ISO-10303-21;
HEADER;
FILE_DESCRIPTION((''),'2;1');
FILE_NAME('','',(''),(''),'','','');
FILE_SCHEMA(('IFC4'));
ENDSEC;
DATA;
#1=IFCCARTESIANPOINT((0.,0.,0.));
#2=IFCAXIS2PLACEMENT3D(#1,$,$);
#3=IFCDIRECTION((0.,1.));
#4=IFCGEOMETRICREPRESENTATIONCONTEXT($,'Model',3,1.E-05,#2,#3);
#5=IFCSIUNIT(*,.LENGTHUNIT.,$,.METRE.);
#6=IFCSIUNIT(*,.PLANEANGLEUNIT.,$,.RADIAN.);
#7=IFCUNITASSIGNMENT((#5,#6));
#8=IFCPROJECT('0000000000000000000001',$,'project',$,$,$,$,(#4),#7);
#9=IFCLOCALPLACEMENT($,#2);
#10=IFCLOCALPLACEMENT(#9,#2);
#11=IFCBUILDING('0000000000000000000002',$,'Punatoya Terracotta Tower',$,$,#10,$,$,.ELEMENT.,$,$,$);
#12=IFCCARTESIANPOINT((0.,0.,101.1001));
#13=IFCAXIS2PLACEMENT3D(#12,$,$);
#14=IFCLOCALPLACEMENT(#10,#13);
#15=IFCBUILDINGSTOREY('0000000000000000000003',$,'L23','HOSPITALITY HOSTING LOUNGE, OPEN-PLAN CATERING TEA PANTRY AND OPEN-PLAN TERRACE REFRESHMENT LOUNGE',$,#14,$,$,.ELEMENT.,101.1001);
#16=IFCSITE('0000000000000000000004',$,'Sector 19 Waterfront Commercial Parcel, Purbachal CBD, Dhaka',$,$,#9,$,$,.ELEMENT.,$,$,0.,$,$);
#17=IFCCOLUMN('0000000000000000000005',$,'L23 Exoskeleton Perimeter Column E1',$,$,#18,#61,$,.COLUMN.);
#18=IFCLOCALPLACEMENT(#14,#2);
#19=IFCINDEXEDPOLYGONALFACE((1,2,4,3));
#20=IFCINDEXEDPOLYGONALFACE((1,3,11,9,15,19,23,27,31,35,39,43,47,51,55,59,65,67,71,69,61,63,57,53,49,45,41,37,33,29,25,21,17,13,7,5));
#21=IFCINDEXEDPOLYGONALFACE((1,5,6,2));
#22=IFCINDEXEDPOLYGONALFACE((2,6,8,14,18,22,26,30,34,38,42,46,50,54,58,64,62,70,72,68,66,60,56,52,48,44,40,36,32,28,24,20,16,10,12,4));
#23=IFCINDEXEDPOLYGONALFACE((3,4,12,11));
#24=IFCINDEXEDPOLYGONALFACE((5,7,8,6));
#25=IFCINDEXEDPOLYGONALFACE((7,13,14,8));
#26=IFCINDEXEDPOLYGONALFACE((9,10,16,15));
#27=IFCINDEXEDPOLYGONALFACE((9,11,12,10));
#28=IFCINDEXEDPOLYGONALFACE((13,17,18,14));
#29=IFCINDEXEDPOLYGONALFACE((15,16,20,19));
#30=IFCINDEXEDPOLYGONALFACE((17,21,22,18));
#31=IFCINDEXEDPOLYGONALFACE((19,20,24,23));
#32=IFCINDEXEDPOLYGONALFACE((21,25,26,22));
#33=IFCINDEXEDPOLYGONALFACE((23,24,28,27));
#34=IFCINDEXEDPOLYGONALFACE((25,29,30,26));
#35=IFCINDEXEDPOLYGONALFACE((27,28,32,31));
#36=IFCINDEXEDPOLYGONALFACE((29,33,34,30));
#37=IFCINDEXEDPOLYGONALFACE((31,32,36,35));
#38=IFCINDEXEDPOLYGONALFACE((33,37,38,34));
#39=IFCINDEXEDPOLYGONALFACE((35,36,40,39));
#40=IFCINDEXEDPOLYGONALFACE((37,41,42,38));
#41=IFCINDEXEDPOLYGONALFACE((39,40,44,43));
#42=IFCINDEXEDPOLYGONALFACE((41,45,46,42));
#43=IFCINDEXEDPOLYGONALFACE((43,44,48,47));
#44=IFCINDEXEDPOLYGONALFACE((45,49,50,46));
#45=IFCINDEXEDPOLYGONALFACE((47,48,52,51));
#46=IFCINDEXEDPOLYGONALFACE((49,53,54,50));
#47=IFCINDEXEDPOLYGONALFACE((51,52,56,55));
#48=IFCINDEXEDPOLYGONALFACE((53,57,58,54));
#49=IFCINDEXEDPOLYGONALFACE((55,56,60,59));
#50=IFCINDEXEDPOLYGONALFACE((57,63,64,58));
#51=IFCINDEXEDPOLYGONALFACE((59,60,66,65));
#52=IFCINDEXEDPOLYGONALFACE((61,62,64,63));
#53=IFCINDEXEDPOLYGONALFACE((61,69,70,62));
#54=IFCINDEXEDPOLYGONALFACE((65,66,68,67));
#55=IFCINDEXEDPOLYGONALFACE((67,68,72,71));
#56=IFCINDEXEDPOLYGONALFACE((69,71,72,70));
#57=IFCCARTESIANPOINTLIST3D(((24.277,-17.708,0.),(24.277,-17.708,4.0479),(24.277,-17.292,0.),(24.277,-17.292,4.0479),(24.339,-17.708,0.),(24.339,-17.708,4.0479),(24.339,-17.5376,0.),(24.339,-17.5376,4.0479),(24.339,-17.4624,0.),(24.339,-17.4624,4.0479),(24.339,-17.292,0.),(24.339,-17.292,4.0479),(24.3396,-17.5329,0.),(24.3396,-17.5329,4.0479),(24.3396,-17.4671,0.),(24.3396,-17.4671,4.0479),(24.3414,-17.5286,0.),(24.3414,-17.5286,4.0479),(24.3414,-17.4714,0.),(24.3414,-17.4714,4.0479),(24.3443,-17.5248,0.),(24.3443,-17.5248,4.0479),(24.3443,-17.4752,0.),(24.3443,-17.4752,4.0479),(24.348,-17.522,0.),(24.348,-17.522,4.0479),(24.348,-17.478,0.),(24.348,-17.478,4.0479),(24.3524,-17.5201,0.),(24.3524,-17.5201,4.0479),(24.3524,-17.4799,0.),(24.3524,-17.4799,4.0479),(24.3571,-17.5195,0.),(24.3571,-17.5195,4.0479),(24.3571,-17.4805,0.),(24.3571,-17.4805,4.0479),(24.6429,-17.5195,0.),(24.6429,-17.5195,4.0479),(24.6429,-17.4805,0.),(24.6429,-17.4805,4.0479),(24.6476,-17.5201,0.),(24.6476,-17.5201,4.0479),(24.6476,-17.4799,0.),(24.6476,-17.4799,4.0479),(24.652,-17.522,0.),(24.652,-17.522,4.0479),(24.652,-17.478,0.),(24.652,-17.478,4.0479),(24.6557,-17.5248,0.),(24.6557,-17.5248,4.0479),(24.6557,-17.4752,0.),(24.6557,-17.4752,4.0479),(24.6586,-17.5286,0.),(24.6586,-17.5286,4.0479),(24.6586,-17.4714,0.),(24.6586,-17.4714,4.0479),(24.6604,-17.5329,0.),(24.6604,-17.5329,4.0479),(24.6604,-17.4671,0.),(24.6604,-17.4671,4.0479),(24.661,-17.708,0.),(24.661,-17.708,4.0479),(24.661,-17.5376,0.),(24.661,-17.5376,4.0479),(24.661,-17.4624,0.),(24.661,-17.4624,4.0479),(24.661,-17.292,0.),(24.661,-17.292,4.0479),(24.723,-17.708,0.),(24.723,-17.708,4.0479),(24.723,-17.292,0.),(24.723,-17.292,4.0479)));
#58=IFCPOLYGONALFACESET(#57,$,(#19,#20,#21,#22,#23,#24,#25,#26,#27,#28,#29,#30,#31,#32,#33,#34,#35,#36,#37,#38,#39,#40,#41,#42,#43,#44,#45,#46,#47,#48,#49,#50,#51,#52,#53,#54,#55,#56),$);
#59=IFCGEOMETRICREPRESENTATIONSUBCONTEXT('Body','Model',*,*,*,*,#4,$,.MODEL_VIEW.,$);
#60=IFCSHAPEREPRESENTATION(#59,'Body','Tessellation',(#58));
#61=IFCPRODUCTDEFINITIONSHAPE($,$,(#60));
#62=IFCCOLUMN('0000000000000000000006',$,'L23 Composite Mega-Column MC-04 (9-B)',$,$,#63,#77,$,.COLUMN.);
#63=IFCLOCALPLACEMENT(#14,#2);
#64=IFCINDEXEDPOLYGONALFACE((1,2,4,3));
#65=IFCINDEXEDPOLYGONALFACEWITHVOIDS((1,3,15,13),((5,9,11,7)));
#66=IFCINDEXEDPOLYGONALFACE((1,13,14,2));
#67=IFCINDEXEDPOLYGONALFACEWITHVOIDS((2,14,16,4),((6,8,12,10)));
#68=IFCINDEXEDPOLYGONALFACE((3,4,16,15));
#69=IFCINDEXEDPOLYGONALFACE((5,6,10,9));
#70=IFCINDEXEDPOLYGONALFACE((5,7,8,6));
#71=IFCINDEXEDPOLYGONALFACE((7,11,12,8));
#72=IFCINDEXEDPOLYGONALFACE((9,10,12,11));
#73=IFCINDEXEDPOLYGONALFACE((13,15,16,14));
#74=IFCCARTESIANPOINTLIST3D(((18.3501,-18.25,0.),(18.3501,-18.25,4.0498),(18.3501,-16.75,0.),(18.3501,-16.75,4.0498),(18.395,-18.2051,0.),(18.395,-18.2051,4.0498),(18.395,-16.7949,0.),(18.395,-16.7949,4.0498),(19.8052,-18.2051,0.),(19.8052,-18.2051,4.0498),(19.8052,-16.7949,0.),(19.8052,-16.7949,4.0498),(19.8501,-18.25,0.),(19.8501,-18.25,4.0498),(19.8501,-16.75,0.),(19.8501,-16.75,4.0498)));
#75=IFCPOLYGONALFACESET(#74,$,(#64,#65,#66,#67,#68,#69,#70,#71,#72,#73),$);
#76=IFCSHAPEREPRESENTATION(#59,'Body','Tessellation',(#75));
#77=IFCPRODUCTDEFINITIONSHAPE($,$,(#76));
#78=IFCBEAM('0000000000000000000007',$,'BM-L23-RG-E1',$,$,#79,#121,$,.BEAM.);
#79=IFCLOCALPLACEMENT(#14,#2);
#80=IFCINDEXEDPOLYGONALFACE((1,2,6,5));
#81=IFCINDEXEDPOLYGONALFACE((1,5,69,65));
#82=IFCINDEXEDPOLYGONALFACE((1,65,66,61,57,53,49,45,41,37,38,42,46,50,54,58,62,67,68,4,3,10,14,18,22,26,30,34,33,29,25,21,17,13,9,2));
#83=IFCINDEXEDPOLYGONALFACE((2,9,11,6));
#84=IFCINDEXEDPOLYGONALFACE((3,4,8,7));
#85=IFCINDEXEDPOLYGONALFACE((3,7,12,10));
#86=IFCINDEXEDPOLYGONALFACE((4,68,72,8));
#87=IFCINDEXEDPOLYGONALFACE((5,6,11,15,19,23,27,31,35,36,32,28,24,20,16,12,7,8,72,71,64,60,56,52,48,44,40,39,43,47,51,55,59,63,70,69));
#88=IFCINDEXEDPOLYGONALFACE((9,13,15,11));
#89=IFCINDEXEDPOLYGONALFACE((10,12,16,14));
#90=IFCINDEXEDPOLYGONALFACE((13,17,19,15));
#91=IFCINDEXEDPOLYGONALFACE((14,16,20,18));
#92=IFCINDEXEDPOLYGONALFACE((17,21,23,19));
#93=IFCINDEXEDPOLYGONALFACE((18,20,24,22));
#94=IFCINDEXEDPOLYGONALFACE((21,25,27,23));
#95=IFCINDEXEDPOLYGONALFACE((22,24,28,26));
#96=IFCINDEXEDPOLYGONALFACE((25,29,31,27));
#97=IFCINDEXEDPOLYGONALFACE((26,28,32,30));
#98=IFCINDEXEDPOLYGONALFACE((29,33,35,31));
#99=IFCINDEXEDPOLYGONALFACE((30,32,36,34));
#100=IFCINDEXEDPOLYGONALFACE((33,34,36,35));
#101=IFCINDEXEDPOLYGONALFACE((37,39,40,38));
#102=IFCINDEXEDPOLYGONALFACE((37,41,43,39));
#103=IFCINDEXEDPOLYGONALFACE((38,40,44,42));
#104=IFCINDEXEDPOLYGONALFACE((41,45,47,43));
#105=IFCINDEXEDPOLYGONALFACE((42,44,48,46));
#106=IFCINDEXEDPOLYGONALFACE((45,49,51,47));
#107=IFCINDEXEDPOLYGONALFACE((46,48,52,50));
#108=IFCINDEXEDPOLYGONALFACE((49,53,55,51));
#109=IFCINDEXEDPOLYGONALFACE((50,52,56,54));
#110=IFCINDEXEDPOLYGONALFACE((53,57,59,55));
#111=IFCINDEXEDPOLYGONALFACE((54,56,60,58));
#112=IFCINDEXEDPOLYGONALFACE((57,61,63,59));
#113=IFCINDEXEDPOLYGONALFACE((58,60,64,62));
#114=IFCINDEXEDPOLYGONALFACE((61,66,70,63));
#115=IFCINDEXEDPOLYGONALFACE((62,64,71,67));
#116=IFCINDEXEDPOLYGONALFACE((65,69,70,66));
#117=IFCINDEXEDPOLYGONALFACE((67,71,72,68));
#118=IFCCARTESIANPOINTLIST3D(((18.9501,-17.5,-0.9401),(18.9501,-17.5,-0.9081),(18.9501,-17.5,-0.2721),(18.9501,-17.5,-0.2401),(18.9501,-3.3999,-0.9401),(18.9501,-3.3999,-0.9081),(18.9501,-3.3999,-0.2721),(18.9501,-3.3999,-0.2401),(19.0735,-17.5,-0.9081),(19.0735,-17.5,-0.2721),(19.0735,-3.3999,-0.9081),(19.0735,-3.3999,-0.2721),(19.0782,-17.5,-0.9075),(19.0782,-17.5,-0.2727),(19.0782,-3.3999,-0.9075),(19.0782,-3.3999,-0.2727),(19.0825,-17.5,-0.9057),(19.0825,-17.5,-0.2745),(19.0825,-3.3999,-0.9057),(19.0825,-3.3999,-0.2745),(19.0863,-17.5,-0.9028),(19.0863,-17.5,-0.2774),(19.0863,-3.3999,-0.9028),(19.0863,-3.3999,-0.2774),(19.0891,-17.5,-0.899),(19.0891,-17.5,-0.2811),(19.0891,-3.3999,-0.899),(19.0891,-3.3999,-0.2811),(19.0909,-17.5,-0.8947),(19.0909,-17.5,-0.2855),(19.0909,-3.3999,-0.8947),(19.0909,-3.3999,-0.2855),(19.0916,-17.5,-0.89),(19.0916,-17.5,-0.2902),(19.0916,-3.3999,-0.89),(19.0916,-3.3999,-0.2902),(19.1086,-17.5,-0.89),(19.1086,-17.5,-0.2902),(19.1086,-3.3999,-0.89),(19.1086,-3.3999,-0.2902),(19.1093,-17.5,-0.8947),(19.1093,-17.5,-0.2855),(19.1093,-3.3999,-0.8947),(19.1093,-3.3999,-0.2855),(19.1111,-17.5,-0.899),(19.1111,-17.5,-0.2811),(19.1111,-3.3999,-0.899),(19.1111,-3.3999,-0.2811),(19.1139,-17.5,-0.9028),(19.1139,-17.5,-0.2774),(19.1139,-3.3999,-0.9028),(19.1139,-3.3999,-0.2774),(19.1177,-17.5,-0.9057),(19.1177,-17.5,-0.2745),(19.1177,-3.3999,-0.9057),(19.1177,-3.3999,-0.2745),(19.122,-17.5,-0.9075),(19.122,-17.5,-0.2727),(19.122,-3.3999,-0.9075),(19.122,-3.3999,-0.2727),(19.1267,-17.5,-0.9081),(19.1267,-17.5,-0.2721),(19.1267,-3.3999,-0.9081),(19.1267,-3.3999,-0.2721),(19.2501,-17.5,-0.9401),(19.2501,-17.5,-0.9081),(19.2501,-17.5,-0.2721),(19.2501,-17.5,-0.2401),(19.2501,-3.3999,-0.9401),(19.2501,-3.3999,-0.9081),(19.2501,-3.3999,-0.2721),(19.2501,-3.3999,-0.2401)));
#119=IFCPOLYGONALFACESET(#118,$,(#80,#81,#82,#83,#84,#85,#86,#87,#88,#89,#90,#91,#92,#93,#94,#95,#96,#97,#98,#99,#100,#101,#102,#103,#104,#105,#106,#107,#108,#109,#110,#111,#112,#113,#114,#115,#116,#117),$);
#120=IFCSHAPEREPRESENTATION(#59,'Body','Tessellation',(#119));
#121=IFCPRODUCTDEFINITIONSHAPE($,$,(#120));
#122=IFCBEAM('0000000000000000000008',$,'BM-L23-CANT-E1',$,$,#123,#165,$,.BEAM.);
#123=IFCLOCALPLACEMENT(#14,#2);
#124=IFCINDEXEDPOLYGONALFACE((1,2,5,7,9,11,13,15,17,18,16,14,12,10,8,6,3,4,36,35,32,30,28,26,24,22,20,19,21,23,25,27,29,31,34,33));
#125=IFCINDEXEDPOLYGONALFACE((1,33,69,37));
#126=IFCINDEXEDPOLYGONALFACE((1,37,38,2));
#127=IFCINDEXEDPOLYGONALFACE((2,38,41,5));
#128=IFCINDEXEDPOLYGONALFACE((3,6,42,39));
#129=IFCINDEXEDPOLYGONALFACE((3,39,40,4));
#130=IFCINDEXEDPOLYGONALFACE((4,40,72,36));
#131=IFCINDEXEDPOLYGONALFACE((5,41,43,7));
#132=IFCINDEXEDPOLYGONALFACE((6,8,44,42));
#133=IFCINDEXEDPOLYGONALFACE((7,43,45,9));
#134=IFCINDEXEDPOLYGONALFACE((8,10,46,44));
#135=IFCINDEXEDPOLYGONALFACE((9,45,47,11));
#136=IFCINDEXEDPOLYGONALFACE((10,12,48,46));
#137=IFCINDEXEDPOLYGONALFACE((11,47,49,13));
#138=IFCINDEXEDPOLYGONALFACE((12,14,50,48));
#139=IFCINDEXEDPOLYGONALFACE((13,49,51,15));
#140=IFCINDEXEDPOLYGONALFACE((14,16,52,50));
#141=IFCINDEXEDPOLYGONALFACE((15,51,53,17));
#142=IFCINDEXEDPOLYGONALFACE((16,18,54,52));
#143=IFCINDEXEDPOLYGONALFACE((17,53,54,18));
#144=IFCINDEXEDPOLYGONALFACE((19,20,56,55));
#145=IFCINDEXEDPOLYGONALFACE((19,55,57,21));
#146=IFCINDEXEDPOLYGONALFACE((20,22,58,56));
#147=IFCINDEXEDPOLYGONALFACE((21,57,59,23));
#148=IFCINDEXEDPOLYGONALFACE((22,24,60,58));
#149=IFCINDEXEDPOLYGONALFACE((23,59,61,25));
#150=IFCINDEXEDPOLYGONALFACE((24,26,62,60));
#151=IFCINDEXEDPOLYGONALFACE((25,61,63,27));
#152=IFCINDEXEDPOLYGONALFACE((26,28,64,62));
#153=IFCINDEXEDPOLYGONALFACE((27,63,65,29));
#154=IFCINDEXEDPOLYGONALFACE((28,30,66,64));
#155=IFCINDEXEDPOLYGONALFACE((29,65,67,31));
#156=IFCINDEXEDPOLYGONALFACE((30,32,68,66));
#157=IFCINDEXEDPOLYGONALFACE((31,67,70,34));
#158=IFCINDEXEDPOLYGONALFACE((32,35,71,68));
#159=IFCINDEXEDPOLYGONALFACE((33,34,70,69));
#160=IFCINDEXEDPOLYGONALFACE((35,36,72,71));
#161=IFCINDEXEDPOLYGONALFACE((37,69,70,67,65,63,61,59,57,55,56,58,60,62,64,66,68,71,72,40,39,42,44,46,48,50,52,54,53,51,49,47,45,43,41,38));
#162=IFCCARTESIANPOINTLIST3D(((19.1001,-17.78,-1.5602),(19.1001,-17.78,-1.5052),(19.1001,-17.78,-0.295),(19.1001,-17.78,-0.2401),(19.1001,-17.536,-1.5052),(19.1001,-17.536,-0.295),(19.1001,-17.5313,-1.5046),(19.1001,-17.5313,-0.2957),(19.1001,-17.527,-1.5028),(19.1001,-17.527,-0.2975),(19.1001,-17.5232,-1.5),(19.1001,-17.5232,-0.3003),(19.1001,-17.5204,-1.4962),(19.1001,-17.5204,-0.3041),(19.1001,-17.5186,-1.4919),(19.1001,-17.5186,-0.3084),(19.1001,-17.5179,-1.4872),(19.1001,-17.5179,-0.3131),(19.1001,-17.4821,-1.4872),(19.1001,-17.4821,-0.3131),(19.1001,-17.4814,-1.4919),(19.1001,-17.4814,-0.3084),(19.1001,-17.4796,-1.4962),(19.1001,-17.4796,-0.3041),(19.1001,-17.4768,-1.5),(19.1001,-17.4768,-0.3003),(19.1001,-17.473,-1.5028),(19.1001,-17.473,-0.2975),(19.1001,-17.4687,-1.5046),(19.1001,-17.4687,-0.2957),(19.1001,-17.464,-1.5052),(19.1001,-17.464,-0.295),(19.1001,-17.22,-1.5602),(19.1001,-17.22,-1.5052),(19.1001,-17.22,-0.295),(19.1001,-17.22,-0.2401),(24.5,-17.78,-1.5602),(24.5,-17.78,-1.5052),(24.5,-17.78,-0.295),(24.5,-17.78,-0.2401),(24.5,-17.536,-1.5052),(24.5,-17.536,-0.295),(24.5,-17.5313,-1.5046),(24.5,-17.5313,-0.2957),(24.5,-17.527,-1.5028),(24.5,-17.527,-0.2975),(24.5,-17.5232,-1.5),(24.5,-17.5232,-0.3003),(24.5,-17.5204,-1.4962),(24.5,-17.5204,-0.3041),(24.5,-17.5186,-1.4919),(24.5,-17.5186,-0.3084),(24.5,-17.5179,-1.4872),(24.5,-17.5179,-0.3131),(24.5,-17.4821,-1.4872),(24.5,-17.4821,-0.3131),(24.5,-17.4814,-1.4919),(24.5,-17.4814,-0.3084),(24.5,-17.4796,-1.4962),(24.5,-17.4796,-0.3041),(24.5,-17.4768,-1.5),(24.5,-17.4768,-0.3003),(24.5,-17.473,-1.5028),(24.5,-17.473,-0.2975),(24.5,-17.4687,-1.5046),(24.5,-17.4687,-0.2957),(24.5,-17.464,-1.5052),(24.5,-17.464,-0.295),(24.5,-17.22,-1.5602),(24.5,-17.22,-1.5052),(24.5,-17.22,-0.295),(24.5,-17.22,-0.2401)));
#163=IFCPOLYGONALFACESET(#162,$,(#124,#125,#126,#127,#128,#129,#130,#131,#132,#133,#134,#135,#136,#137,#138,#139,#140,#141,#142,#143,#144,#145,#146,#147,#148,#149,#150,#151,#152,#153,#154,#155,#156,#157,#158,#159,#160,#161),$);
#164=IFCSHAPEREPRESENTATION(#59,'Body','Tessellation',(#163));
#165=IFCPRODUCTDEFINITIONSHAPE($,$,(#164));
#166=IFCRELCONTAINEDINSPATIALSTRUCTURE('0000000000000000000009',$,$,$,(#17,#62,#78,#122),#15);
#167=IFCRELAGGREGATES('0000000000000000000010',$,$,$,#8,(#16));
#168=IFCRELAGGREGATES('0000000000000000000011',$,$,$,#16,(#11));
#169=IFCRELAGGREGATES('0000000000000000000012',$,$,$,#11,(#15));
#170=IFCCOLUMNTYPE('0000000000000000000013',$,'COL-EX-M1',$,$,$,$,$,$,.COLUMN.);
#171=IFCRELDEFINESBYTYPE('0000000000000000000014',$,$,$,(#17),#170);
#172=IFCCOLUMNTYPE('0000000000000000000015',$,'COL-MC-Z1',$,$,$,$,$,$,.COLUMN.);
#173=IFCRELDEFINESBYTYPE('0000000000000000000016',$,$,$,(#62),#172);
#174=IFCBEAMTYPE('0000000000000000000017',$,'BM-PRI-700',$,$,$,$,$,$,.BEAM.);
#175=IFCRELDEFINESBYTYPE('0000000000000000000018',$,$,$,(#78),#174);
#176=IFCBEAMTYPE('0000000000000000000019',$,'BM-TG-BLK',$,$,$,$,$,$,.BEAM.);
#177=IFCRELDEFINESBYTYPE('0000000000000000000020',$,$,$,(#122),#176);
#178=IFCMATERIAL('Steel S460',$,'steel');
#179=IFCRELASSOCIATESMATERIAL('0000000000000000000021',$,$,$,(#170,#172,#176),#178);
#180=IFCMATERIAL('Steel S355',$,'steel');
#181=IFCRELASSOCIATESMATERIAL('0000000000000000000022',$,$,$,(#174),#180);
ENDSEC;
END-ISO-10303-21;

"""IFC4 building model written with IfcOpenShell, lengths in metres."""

from ifc_helpers import new_model, si_unit, direction, frame, origin, origin_2d, place, context, subcontext, project, spatial, hollow_rectangle, i_section, extrude, material, material_profile, profile_set, type_object, element, save


model = new_model("IFC4")

# Units and contexts
model_context = context("Model", 3, precision=1e-05, world=origin(), true_north=direction((0.0, 1.0)))
body_context = subcontext(model_context, "Body", "Model", "MODEL_VIEW")
ifc_project = project(units=[si_unit("LENGTHUNIT", "METRE"), si_unit("PLANEANGLEUNIT", "RADIAN")], contexts=[model_context])

# Site, building, storey
site_placement = place(None, origin())
site = spatial("IfcSite", under=ifc_project, at=site_placement, Name="Sector 19 Waterfront Commercial Parcel, Purbachal CBD, Dhaka", CompositionType="ELEMENT", RefElevation=0.0)
building_placement = place(site_placement, origin())
building = spatial("IfcBuilding", under=site, at=building_placement, Name="Punatoya Terracotta Tower", CompositionType="ELEMENT")
storey_placement = place(building_placement, frame((0.0, 0.0, 101.1001)))
storey = spatial("IfcBuildingStorey", under=building, at=storey_placement, Name="L23", Description="HOSPITALITY HOSTING LOUNGE, OPEN-PLAN CATERING TEA PANTRY AND OPEN-PLAN TERRACE REFRESHMENT LOUNGE", CompositionType="ELEMENT", Elevation=101.1001)

# Columns
ifc_material_1 = material(Name="Steel S460", Category="steel")
ifc_material_profile_1 = material_profile(ifc_material_1, i_section(OverallWidth=0.416, OverallDepth=0.446, WebThickness=0.0391, FlangeThickness=0.062, FilletRadius=0.0181, at=origin_2d()))
ifc_profile_set_1 = profile_set([ifc_material_profile_1], Name="Steel S460")
column_type_1 = type_object("IfcColumnType", Name="COL-EX-M1", PredefinedType="COLUMN", material=ifc_profile_set_1)
column_1_placement = place(storey_placement, frame((24.5, -17.5, 0.0), z_axis=(0.0, 0.0, 1.0), x_axis=(0.0, 1.0, 0.0)))
element("IfcColumn", 1, at=column_1_placement, inside=storey, type_object=column_type_1, Name="L23 Exoskeleton Perimeter Column E1", PredefinedType="COLUMN", context=body_context, shape_type="SweptSolid", body=[
    extrude(i_section(OverallWidth=0.416, OverallDepth=0.446, WebThickness=0.0391, FlangeThickness=0.062, FilletRadius=0.0181, at=origin_2d()), origin(), (0.0, 0.0, 1.0), 4.0479),
])
ifc_material_profile_2 = material_profile(ifc_material_1, hollow_rectangle(XDim=1.5, YDim=1.5, WallThickness=0.0449, at=origin_2d()))
ifc_profile_set_2 = profile_set([ifc_material_profile_2], Name="Steel S460")
column_type_2 = type_object("IfcColumnType", Name="COL-MC-Z1", PredefinedType="COLUMN", material=ifc_profile_set_2)
column_2_placement = place(storey_placement, frame((19.1001, -17.5, 0.0), z_axis=(0.0, 0.0, 1.0), x_axis=(1.0, 0.0, 0.0)))
element("IfcColumn", 2, at=column_2_placement, inside=storey, type_object=column_type_2, Name="L23 Composite Mega-Column MC-04 (9-B)", PredefinedType="COLUMN", context=body_context, shape_type="SweptSolid", body=[
    extrude(hollow_rectangle(XDim=1.5, YDim=1.5, WallThickness=0.0449, at=origin_2d()), origin(), (0.0, 0.0, 1.0), 4.0498),
])

# Beams
ifc_material_2 = material(Name="Steel S355", Category="steel")
ifc_material_profile_3 = material_profile(ifc_material_2, i_section(OverallWidth=0.3, OverallDepth=0.7, WebThickness=0.0171, FlangeThickness=0.032, FilletRadius=0.0181, at=origin_2d()))
ifc_profile_set_3 = profile_set([ifc_material_profile_3], Name="Steel S355")
beam_type_1 = type_object("IfcBeamType", Name="BM-PRI-700", PredefinedType="BEAM", material=ifc_profile_set_3)
beam_1_placement = place(storey_placement, frame((19.1001, -17.5, -0.5901), z_axis=(0.0, 1.0, 0.0), x_axis=(-1.0, 0.0, 0.0)))
element("IfcBeam", 3, at=beam_1_placement, inside=storey, type_object=beam_type_1, Name="BM-L23-RG-E1", PredefinedType="BEAM", context=body_context, shape_type="SweptSolid", body=[
    extrude(i_section(OverallWidth=0.3, OverallDepth=0.7, WebThickness=0.0171, FlangeThickness=0.032, FilletRadius=0.0181, at=origin_2d()), origin(), (0.0, 0.0, 1.0), 14.1001),
])
ifc_material_profile_4 = material_profile(ifc_material_1, i_section(OverallWidth=0.5601, OverallDepth=1.3201, WebThickness=0.0359, FlangeThickness=0.0549, FilletRadius=0.0181, at=origin_2d()))
ifc_profile_set_4 = profile_set([ifc_material_profile_4], Name="Steel S460")
beam_type_2 = type_object("IfcBeamType", Name="BM-TG-BLK", PredefinedType="BEAM", material=ifc_profile_set_4)
beam_2_placement = place(storey_placement, frame((19.1001, -17.5, -0.9001), z_axis=(1.0, 0.0, 0.0), x_axis=(0.0, 1.0, 0.0)))
element("IfcBeam", 4, at=beam_2_placement, inside=storey, type_object=beam_type_2, Name="BM-L23-CANT-E1", PredefinedType="BEAM", context=body_context, shape_type="SweptSolid", body=[
    extrude(i_section(OverallWidth=0.5601, OverallDepth=1.3201, WebThickness=0.0359, FlangeThickness=0.0549, FilletRadius=0.0181, at=origin_2d()), origin(), (0.0, 0.0, 1.0), 5.3999),
])

save(model, "model.ifc")
